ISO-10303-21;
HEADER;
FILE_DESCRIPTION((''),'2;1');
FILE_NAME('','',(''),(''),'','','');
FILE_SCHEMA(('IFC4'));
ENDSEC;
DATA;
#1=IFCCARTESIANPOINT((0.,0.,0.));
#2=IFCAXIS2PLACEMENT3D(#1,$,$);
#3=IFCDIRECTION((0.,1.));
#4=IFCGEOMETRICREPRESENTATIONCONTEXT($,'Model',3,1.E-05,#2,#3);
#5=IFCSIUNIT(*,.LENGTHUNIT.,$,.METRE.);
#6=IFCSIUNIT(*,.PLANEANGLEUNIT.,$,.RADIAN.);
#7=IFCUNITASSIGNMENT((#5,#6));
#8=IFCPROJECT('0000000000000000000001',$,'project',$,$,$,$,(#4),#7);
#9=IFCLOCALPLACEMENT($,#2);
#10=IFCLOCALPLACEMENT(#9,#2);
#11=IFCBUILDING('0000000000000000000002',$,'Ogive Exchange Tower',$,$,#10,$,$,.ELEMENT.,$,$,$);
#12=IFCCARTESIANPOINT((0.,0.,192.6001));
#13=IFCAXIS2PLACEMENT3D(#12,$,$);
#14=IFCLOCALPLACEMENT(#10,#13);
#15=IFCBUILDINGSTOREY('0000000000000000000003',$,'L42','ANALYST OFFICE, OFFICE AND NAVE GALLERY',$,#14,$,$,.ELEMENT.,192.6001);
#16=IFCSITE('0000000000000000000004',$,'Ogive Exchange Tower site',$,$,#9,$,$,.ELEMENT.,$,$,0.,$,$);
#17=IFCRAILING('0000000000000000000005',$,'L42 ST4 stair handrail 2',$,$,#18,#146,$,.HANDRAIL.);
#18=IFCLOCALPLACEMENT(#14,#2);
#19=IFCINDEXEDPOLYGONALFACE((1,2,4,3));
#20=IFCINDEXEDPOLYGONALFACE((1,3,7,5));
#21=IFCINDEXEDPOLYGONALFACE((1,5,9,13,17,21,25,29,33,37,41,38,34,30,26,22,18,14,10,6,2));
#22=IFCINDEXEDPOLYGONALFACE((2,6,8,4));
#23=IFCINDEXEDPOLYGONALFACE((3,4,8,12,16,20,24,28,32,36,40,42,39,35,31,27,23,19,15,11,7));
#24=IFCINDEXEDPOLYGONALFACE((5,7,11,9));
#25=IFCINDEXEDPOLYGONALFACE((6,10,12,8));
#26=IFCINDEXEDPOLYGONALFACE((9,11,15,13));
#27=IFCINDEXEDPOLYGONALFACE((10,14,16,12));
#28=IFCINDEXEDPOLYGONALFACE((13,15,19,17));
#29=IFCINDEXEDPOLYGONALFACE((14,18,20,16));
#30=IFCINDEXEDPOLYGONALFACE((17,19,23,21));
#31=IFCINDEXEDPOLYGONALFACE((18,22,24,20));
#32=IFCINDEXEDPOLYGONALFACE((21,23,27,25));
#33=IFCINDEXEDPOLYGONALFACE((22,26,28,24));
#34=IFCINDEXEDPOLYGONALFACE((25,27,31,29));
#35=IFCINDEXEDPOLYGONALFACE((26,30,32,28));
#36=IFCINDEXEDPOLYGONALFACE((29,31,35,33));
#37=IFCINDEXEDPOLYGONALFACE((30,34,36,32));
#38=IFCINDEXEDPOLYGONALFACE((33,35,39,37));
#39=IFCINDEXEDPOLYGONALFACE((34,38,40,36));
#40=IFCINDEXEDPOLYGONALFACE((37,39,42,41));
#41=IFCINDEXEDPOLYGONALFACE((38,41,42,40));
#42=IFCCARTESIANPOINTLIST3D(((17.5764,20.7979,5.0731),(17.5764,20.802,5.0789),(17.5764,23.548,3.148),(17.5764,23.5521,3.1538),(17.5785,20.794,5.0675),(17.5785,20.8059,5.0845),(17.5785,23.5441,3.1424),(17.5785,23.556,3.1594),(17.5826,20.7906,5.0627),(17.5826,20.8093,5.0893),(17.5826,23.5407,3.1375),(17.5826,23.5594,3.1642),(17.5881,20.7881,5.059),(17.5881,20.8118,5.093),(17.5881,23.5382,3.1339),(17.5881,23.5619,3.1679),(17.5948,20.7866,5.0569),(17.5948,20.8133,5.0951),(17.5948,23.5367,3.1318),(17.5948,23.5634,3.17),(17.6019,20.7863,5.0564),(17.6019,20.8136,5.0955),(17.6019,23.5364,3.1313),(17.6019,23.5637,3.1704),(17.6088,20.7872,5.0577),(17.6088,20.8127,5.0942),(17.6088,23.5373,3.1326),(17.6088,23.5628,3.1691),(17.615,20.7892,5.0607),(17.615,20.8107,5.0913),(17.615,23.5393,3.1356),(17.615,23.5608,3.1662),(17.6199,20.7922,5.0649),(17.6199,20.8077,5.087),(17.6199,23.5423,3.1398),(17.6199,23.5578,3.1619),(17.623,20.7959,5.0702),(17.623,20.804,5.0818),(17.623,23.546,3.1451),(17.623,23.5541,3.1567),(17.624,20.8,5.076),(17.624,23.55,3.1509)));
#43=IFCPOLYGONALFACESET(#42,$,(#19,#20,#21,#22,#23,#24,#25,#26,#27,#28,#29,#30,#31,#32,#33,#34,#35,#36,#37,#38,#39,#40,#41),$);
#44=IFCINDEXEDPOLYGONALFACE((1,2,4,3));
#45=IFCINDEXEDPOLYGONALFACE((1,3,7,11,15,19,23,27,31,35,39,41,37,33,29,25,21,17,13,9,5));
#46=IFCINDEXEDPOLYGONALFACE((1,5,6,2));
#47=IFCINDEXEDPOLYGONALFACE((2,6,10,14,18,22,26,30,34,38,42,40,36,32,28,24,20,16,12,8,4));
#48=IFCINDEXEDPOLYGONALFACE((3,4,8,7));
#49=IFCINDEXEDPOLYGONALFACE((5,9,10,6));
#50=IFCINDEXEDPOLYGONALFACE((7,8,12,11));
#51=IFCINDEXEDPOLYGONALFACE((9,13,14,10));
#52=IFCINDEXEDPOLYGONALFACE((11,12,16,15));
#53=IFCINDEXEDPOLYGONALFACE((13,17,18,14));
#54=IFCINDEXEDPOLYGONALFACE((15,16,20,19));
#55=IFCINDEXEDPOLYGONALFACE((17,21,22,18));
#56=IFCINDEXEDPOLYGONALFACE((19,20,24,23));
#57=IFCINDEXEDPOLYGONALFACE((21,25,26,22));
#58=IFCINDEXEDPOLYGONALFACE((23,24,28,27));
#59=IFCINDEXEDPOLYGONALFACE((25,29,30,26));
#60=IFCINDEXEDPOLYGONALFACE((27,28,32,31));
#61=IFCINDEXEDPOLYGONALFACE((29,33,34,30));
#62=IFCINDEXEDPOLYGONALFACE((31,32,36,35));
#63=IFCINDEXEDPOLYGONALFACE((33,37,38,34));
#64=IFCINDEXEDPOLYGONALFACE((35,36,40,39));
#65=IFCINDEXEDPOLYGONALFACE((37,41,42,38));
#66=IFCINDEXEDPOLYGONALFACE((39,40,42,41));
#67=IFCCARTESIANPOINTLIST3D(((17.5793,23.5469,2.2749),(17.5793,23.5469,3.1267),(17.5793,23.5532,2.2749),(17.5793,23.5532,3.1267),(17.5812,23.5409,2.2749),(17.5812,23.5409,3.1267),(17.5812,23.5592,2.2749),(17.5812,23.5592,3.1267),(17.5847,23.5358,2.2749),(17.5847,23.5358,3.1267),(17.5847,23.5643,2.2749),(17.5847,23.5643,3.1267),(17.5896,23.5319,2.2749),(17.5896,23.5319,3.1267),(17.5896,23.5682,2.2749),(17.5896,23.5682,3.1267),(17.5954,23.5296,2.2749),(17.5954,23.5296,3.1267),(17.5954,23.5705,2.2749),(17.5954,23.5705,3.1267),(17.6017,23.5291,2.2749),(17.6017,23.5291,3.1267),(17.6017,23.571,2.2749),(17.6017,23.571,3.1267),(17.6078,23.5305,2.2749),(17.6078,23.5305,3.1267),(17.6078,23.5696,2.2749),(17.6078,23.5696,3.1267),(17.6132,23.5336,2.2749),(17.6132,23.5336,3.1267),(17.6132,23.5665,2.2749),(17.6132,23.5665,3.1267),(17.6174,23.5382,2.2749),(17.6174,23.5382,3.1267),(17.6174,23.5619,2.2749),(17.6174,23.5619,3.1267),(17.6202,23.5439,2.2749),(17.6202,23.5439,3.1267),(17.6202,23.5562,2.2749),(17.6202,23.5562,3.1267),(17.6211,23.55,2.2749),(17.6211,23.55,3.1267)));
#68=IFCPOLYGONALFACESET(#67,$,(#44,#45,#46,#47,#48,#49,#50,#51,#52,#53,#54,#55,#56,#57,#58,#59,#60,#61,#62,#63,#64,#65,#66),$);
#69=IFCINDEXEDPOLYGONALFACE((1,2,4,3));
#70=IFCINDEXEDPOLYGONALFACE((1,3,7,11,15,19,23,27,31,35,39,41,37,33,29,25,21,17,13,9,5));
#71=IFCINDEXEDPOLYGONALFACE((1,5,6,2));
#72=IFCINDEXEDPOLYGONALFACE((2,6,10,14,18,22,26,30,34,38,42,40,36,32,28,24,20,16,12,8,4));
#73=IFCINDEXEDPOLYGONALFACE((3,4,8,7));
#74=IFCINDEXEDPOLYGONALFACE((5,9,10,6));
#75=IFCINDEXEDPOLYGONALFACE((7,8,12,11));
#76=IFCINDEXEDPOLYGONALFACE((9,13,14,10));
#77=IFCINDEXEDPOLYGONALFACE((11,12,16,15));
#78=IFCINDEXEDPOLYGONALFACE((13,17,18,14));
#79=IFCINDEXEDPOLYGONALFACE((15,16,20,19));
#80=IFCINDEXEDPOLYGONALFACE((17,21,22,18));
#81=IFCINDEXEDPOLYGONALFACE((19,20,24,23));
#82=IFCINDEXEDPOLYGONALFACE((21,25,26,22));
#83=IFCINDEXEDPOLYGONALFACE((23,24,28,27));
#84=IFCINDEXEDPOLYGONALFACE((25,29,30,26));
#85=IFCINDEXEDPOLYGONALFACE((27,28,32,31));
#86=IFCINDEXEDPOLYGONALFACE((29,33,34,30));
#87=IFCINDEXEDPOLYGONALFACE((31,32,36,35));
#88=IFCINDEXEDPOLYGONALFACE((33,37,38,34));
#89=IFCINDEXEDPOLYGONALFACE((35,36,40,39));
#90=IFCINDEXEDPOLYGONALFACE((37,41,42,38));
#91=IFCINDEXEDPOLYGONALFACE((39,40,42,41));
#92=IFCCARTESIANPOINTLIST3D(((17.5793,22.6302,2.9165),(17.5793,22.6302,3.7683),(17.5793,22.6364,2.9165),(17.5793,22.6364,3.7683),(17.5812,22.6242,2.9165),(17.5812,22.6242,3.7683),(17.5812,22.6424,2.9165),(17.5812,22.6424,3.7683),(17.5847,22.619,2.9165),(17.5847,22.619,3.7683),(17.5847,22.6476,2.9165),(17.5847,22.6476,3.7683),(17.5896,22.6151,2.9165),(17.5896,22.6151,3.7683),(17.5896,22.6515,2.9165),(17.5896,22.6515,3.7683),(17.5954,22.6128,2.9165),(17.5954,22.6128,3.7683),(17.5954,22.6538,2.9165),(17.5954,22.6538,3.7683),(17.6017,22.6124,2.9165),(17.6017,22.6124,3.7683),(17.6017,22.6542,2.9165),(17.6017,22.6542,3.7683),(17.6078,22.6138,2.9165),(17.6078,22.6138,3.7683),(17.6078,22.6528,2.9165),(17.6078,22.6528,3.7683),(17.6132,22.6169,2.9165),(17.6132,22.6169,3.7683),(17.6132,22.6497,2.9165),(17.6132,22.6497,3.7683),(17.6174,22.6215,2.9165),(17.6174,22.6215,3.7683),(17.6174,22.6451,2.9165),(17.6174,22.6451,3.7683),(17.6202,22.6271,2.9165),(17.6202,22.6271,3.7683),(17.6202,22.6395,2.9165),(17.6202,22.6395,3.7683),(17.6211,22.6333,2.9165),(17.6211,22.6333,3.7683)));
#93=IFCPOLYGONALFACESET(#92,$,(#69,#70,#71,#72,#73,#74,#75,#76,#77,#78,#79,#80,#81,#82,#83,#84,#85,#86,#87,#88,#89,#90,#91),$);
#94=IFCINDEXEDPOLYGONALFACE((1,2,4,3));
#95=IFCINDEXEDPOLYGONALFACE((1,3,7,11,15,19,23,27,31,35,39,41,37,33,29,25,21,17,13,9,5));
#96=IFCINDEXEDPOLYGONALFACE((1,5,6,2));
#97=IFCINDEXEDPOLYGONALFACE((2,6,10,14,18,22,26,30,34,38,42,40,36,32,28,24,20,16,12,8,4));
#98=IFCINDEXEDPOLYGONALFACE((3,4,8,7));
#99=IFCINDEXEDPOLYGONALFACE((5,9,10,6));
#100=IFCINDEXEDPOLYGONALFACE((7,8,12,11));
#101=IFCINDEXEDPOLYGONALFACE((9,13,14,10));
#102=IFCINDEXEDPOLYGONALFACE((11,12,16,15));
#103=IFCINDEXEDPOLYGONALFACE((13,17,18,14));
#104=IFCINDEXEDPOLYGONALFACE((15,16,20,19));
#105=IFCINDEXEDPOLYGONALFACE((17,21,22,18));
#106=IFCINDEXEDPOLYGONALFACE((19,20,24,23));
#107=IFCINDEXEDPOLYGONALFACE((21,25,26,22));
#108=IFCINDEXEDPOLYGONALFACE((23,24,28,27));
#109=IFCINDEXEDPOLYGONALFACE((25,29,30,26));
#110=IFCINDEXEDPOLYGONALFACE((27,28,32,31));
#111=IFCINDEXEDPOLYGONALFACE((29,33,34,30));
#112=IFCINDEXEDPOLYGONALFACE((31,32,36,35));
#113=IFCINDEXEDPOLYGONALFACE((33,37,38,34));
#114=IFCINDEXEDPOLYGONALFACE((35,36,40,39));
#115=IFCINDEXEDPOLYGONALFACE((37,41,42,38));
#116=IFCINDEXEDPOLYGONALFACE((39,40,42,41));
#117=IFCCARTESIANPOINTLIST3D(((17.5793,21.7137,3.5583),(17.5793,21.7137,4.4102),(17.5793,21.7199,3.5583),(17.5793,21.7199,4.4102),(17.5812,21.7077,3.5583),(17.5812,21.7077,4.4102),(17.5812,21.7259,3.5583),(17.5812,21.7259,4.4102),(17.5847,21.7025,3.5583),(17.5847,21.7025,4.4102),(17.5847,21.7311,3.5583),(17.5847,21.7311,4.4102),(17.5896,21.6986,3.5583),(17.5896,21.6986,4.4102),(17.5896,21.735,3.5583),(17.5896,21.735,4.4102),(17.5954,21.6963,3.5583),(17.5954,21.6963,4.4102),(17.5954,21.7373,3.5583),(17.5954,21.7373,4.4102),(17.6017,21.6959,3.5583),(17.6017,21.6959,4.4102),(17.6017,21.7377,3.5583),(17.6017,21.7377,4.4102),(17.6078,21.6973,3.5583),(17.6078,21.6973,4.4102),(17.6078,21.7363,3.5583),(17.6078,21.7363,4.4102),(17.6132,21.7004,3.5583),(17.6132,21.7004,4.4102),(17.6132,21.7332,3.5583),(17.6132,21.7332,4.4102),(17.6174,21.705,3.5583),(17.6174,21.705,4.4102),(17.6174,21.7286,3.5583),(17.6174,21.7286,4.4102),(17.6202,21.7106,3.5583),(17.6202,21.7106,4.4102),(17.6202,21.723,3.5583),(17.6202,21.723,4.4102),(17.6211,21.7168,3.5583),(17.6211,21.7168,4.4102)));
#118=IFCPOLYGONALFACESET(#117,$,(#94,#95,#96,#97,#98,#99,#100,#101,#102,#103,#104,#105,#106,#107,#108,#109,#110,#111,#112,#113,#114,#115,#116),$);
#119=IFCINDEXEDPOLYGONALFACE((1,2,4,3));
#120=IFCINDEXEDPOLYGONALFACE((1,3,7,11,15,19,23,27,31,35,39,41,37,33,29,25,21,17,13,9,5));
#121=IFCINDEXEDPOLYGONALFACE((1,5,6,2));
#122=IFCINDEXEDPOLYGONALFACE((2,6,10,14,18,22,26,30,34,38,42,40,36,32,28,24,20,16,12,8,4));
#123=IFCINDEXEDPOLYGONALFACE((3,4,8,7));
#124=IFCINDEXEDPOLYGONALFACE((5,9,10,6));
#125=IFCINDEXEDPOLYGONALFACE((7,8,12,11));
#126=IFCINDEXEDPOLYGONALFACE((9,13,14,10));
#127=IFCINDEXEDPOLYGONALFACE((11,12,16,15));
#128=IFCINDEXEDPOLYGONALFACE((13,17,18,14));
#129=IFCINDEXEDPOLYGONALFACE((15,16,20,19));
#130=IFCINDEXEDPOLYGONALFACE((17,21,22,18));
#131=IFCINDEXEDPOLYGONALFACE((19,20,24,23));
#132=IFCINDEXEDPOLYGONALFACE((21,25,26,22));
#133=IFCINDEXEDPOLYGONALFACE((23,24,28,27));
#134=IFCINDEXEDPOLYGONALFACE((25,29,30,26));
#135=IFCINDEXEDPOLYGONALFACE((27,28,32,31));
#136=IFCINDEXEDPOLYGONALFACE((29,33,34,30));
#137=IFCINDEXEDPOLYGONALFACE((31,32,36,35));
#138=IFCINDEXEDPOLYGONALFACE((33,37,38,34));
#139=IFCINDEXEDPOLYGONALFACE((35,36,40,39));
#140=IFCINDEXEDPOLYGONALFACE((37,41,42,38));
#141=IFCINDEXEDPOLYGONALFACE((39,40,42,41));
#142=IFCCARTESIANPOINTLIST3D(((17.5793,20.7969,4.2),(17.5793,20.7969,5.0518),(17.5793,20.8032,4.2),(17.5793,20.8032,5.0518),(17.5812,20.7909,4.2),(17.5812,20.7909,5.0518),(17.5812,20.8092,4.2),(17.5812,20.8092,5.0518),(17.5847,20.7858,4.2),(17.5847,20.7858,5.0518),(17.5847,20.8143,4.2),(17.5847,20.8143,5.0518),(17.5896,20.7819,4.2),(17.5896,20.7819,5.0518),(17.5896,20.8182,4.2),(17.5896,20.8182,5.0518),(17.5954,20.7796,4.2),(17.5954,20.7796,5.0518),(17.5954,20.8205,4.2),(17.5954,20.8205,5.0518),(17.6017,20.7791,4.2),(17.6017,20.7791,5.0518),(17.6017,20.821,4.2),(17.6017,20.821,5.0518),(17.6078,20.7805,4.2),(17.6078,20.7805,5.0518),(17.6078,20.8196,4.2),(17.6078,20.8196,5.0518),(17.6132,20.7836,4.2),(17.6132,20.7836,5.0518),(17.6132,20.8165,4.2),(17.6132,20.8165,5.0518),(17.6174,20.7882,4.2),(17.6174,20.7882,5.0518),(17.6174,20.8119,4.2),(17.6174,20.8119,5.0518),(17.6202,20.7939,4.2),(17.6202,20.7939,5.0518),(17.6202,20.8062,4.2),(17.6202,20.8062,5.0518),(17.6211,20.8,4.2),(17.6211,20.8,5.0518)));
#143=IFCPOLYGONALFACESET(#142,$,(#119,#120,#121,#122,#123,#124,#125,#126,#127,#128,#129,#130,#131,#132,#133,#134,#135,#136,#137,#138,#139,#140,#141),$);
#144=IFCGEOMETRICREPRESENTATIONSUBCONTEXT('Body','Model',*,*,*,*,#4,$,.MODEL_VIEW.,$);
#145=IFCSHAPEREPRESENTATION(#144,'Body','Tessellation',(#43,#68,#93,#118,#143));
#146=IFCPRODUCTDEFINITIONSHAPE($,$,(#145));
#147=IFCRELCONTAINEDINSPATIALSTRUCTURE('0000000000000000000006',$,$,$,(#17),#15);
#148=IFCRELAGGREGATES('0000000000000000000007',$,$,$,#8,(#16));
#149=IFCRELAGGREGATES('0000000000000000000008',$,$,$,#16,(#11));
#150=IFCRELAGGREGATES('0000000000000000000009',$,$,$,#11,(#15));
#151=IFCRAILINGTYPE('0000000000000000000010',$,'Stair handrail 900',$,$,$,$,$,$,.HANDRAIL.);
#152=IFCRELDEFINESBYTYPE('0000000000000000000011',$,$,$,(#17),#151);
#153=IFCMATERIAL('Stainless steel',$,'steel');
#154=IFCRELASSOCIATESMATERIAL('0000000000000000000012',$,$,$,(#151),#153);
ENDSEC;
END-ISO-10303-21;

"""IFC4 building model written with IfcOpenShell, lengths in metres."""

from ifc_helpers import new_model, si_unit, direction, frame, origin, origin_2d, place, context, subcontext, project, spatial, circle, extrude, material, type_object, element, save


model = new_model("IFC4")

# Units and contexts
model_context = context("Model", 3, precision=1e-05, world=origin(), true_north=direction((0.0, 1.0)))
body_context = subcontext(model_context, "Body", "Model", "MODEL_VIEW")
ifc_project = project(units=[si_unit("LENGTHUNIT", "METRE"), si_unit("PLANEANGLEUNIT", "RADIAN")], contexts=[model_context])

# Site, building, storey
site_placement = place(None, origin())
site = spatial("IfcSite", under=ifc_project, at=site_placement, Name="Ogive Exchange Tower site", CompositionType="ELEMENT", RefElevation=0.0)
building_placement = place(site_placement, origin())
building = spatial("IfcBuilding", under=site, at=building_placement, Name="Ogive Exchange Tower", CompositionType="ELEMENT")
storey_placement = place(building_placement, frame((0.0, 0.0, 192.6001)))
storey = spatial("IfcBuildingStorey", under=building, at=storey_placement, Name="L42", Description="ANALYST OFFICE, OFFICE AND NAVE GALLERY", CompositionType="ELEMENT", Elevation=192.6001)

# Railing
ifc_material_1 = material(Name="Stainless steel", Category="steel")
railing_type = type_object("IfcRailingType", Name="Stair handrail 900", PredefinedType="HANDRAIL", material=ifc_material_1)
railing_placement = place(storey_placement, frame((17.6001, 23.55, 2.2749)))
element("IfcRailing", 1, at=railing_placement, inside=storey, type_object=railing_type, Name="L42 ST4 stair handrail 2", PredefinedType="HANDRAIL", context=body_context, shape_type="SweptSolid", body=[
    extrude(circle(Radius=0.0239, at=origin_2d()), frame((0.0, 0.0, 0.876), z_axis=(0.0, -0.819225, 0.573472), x_axis=(1.0, 0.0, 0.0)), (0.0, 0.0, 1.0), 3.3569),
    extrude(circle(Radius=0.021, at=origin_2d()), origin(), (0.0, 0.0, 1.0), 0.8518),
    extrude(circle(Radius=0.021, at=origin_2d()), frame((0.0, -0.9167, 0.6416)), (0.0, 0.0, 1.0), 0.8518),
    extrude(circle(Radius=0.021, at=origin_2d()), frame((0.0, -1.8333, 1.2834)), (0.0, 0.0, 1.0), 0.8518),
    extrude(circle(Radius=0.021, at=origin_2d()), frame((0.0, -2.75, 1.925)), (0.0, 0.0, 1.0), 0.8518),
])

save(model, "model.ifc")
